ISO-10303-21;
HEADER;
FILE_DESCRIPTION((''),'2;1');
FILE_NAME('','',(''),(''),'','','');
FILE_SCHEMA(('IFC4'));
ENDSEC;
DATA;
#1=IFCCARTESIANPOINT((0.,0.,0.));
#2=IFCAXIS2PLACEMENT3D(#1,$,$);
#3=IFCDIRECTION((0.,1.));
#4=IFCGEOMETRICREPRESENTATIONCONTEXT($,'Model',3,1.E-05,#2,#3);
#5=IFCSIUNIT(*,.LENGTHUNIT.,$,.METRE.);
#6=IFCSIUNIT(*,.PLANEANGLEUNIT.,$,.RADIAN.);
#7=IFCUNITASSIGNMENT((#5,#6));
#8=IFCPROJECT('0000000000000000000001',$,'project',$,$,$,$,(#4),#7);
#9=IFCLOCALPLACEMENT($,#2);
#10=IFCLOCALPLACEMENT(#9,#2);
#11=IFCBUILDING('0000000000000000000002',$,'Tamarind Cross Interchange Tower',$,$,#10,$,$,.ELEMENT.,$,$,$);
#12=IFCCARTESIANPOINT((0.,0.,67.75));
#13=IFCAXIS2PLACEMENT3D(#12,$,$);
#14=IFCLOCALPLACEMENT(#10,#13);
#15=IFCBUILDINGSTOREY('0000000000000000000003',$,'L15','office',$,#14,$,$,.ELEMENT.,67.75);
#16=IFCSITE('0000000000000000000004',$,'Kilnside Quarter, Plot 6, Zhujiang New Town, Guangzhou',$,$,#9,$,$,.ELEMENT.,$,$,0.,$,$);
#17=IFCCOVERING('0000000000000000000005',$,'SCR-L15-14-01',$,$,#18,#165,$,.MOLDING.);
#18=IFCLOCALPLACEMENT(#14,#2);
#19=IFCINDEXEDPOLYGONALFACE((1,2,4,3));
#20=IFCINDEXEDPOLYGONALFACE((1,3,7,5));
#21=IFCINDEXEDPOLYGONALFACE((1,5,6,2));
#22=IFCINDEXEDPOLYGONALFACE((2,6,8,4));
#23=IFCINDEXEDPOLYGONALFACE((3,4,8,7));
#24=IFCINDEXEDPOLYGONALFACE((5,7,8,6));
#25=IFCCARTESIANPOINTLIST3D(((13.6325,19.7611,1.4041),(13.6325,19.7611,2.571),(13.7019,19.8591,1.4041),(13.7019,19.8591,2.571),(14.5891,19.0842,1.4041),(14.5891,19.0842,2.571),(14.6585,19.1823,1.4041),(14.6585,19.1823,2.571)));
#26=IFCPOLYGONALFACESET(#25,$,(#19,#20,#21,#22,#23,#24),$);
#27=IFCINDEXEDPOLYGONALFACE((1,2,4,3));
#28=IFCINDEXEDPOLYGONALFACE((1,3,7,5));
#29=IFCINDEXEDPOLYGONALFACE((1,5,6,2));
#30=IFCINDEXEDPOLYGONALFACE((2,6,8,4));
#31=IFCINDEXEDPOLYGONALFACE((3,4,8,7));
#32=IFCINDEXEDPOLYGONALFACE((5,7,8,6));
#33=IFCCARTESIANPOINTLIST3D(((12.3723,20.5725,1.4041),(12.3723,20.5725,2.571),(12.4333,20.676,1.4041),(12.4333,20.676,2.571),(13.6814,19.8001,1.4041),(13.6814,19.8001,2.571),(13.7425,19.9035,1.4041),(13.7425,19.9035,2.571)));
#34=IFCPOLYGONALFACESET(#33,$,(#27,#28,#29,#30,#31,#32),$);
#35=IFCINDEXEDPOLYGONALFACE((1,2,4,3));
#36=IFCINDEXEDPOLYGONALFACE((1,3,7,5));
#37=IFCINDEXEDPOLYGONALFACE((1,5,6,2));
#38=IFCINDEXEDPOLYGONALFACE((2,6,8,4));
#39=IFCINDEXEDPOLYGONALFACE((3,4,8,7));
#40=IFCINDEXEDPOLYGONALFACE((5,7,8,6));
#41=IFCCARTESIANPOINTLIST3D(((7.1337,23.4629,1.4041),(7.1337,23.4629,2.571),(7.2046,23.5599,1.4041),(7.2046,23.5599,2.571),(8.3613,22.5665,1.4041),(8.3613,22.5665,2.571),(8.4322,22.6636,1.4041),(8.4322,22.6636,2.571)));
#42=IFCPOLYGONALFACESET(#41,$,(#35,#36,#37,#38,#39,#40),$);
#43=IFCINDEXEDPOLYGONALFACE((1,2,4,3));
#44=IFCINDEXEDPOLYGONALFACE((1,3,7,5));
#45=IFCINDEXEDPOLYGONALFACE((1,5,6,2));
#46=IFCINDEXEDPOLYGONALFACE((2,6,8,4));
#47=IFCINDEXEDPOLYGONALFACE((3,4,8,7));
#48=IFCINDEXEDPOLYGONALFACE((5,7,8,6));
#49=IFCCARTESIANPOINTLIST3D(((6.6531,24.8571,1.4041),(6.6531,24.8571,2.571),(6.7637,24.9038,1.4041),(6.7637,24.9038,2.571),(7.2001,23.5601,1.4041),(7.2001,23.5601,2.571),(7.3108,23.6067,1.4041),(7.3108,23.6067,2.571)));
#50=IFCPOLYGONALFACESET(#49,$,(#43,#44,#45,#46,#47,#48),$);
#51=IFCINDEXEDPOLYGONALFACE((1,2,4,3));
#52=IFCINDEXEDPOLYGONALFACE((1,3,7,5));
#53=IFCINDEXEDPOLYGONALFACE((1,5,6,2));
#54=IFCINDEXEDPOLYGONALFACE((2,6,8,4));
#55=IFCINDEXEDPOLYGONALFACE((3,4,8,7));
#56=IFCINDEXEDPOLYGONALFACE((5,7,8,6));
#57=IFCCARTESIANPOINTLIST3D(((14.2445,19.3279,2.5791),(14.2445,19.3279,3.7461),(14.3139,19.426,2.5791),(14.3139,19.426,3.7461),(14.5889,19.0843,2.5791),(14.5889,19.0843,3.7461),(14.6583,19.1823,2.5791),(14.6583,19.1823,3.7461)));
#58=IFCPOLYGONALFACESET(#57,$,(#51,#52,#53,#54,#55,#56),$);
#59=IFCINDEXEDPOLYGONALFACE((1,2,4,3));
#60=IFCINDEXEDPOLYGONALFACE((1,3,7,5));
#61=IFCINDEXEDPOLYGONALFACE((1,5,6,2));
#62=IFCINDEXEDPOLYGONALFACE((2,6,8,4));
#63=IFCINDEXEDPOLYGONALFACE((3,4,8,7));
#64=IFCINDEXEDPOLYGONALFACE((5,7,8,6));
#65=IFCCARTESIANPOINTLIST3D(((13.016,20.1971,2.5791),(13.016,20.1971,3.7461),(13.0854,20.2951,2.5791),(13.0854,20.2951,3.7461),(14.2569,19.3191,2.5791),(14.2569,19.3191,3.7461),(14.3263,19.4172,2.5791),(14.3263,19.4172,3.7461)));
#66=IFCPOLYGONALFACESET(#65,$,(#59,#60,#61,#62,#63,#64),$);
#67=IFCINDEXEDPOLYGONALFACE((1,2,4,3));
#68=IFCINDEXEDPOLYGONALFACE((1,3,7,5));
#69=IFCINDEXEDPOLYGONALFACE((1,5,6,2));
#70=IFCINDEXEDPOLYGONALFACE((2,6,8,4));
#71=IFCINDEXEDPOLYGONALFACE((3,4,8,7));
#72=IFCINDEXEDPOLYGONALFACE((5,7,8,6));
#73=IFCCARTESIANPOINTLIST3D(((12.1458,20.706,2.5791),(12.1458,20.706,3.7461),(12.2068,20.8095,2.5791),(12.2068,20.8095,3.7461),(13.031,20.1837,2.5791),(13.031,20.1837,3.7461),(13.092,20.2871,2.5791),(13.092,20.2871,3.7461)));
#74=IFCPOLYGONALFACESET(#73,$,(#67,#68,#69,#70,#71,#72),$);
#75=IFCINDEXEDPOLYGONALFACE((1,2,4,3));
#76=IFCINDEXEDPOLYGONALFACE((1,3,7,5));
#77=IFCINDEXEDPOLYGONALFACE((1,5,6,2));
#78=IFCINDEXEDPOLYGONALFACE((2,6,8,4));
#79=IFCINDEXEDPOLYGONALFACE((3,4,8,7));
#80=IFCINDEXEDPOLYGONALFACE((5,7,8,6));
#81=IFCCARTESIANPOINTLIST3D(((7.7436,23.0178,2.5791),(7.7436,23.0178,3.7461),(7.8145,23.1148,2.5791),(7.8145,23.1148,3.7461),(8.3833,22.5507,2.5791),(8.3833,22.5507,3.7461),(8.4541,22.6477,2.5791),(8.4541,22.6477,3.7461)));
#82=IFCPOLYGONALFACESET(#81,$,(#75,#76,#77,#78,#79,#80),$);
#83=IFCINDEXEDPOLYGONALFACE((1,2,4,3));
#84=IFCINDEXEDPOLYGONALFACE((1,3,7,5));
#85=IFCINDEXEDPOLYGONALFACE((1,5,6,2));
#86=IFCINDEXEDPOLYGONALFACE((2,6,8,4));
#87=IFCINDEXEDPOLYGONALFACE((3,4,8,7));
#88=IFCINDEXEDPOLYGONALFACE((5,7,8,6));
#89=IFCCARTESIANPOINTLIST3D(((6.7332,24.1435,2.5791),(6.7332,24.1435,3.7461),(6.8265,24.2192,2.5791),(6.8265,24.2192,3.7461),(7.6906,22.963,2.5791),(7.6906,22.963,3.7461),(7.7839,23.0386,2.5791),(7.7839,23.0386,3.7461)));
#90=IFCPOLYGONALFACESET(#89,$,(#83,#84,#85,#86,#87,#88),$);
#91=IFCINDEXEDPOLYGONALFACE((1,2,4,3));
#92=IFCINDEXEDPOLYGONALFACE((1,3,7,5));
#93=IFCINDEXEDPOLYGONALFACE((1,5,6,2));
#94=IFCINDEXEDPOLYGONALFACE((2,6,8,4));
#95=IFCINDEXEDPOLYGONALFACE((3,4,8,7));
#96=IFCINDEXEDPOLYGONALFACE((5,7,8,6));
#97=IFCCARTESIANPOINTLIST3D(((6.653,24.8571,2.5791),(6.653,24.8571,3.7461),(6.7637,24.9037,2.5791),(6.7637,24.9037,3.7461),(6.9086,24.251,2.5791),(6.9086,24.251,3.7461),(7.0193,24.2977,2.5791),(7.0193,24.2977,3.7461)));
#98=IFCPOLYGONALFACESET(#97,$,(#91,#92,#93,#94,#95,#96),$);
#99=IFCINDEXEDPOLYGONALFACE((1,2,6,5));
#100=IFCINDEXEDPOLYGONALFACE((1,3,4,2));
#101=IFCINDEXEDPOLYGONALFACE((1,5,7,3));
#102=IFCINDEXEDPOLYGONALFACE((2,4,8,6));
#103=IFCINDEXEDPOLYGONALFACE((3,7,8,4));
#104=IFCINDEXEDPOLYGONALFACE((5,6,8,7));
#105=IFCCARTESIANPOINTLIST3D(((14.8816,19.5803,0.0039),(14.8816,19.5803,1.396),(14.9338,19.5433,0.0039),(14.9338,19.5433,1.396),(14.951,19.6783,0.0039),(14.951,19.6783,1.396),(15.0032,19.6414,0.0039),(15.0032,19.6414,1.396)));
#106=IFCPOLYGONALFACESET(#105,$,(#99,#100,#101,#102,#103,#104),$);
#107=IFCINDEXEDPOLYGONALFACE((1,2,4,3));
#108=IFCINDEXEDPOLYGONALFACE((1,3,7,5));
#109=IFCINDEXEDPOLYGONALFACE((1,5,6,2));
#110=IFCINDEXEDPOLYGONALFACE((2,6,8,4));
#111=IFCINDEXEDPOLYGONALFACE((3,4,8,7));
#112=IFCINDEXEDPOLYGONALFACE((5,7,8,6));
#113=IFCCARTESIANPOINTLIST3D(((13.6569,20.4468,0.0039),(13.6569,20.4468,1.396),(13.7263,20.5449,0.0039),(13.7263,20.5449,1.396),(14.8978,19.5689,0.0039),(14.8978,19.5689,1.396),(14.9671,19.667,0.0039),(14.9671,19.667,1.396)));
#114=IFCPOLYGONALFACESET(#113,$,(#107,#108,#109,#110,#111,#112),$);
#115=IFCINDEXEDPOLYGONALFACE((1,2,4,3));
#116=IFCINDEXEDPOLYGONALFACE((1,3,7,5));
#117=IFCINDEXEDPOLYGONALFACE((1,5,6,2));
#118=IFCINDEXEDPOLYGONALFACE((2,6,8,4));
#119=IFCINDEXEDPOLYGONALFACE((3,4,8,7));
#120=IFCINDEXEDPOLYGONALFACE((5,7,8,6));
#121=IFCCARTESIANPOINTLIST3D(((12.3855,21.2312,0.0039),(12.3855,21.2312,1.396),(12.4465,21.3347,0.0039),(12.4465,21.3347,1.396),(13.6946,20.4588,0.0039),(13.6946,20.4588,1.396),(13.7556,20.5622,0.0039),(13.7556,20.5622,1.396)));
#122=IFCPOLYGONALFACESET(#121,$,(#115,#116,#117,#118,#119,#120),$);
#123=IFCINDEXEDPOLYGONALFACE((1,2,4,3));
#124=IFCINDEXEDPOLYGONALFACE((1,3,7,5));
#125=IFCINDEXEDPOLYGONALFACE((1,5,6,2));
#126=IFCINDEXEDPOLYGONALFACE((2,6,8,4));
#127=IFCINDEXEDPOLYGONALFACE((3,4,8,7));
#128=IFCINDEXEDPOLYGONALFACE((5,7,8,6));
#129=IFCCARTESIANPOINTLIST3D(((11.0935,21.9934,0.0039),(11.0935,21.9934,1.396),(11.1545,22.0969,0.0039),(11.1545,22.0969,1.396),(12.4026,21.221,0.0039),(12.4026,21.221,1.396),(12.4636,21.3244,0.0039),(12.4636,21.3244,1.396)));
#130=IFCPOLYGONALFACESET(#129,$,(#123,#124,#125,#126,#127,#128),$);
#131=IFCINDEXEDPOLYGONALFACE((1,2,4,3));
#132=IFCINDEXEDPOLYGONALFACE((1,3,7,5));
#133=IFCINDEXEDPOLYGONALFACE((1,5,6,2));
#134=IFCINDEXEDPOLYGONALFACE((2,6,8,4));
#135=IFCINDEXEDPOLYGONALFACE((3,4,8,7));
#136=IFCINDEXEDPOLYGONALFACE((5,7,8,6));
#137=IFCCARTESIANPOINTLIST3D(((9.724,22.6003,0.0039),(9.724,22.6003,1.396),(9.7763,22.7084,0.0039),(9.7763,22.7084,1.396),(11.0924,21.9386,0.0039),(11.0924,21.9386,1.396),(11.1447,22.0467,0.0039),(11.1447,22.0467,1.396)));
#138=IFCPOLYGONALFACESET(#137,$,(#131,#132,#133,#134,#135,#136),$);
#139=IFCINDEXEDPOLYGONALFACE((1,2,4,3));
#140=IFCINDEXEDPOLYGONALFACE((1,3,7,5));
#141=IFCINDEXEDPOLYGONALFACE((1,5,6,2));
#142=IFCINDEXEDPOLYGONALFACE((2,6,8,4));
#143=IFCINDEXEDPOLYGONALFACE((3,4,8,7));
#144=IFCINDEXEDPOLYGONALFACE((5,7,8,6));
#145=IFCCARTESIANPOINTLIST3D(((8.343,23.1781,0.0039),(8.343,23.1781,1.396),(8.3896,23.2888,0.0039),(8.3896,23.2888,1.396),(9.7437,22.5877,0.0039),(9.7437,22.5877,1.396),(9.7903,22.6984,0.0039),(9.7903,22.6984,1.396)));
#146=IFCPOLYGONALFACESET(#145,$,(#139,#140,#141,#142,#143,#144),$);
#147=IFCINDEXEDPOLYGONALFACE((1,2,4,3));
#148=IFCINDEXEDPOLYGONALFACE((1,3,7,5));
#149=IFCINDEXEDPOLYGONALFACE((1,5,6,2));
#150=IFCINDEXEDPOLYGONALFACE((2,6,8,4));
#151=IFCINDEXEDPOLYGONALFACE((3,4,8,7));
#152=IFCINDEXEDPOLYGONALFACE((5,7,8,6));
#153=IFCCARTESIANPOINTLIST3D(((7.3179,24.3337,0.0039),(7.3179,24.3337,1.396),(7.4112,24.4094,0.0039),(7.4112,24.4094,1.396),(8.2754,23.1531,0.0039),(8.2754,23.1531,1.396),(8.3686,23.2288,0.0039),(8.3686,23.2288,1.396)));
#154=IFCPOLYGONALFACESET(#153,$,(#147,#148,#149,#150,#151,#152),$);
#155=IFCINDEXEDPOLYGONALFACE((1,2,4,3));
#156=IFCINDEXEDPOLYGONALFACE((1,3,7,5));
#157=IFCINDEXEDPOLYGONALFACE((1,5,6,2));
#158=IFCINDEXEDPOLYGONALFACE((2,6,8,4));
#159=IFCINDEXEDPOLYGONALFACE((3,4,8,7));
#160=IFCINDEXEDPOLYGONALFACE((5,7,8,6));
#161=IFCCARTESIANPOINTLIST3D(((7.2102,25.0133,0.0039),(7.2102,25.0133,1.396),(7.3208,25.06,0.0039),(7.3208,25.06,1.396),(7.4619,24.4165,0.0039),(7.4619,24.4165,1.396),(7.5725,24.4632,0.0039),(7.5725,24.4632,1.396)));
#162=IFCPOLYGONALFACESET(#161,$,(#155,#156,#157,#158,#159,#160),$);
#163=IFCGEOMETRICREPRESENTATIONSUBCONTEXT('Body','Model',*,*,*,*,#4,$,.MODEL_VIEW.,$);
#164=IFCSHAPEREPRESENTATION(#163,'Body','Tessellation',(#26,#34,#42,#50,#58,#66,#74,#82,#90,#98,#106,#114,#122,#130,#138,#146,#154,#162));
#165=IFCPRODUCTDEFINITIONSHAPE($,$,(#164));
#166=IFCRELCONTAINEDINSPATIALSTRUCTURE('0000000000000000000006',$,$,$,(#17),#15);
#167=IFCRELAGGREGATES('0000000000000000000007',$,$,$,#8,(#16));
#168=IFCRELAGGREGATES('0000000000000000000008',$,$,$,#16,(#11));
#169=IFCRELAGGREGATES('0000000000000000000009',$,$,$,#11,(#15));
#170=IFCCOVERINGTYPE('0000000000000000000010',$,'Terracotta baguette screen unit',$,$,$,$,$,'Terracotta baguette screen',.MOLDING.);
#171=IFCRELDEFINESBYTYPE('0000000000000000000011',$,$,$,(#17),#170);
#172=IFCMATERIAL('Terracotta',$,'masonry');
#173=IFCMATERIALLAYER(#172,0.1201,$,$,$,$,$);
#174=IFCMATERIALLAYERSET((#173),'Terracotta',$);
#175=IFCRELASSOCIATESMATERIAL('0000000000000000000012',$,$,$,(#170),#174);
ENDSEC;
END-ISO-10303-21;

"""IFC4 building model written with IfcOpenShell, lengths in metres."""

from ifc_helpers import new_model, si_unit, direction, frame, origin, origin_2d, place, context, subcontext, project, spatial, rectangle, extrude, material, layer, layer_set, type_object, element, save


model = new_model("IFC4")

# Units and contexts
model_context = context("Model", 3, precision=1e-05, world=origin(), true_north=direction((0.0, 1.0)))
body_context = subcontext(model_context, "Body", "Model", "MODEL_VIEW")
ifc_project = project(units=[si_unit("LENGTHUNIT", "METRE"), si_unit("PLANEANGLEUNIT", "RADIAN")], contexts=[model_context])

# Site, building, storey
site_placement = place(None, origin())
site = spatial("IfcSite", under=ifc_project, at=site_placement, Name="Kilnside Quarter, Plot 6, Zhujiang New Town, Guangzhou", CompositionType="ELEMENT", RefElevation=0.0)
building_placement = place(site_placement, origin())
building = spatial("IfcBuilding", under=site, at=building_placement, Name="Tamarind Cross Interchange Tower", CompositionType="ELEMENT")
storey_placement = place(building_placement, frame((0.0, 0.0, 67.75)))
storey = spatial("IfcBuildingStorey", under=building, at=storey_placement, Name="L15", Description="office", CompositionType="ELEMENT", Elevation=67.75)

# Covering
ifc_material_1 = material(Name="Terracotta", Category="masonry")
ifc_layer_1 = layer(ifc_material_1, 0.1201)
ifc_layer_set_1 = layer_set([ifc_layer_1], Name="Terracotta")
covering_type = type_object("IfcCoveringType", Name="Terracotta baguette screen unit", ElementType="Terracotta baguette screen", PredefinedType="MOLDING", material=ifc_layer_set_1)
covering_1_placement = place(storey_placement, origin())
element("IfcCovering", 1, at=covering_1_placement, inside=storey, type_object=covering_type, Name="SCR-L15-14-01", PredefinedType="MOLDING", context=body_context, shape_type="SweptSolid", body=[
    extrude(rectangle(XDim=1.1719, YDim=0.1201, at=origin_2d()), frame((14.1455, 19.4717, 1.4041), z_axis=(0.0, 0.0, 1.0), x_axis=(-0.816342, 0.577569, 0.0)), (0.0, 0.0, 1.0), 1.167),
    extrude(rectangle(XDim=1.52, YDim=0.1201, at=origin_2d()), frame((13.0574, 20.238, 1.4041), z_axis=(0.0, 0.0, 1.0), x_axis=(-0.861249, 0.508183, 0.0)), (0.0, 0.0, 1.0), 1.167),
    extrude(rectangle(XDim=1.52, YDim=0.1201, at=origin_2d()), frame((7.783, 23.0632, 1.4041), z_axis=(0.0, 0.0, 1.0), x_axis=(-0.807619, 0.589705, 0.0)), (0.0, 0.0, 1.0), 1.167),
    extrude(rectangle(XDim=1.4077, YDim=0.1201, at=origin_2d()), frame((6.9819, 24.2319, 1.4041), z_axis=(0.0, 0.0, 1.0), x_axis=(-0.388606, 0.921404, 0.0)), (0.0, 0.0, 1.0), 1.167),
    extrude(rectangle(XDim=0.4219, YDim=0.1201, at=origin_2d()), frame((14.4514, 19.2551, 2.5791), z_axis=(0.0, 0.0, 1.0), x_axis=(-0.816342, 0.577569, 0.0)), (0.0, 0.0, 1.0), 1.167),
    extrude(rectangle(XDim=1.52, YDim=0.1201, at=origin_2d()), frame((13.6711, 19.8071, 2.5791), z_axis=(0.0, 0.0, 1.0), x_axis=(-0.816342, 0.577569, 0.0)), (0.0, 0.0, 1.0), 1.167),
    extrude(rectangle(XDim=1.0278, YDim=0.1201, at=origin_2d()), frame((12.6189, 20.4966, 2.5791), z_axis=(0.0, 0.0, 1.0), x_axis=(-0.861249, 0.508183, 0.0)), (0.0, 0.0, 1.0), 1.167),
    extrude(rectangle(XDim=0.792, YDim=0.1201, at=origin_2d()), frame((8.0989, 22.8328, 2.5791), z_axis=(0.0, 0.0, 1.0), x_axis=(-0.807619, 0.589705, 0.0)), (0.0, 0.0, 1.0), 1.167),
    extrude(rectangle(XDim=1.52, YDim=0.1201, at=origin_2d()), frame((7.2585, 23.5911, 2.5791), z_axis=(0.0, 0.0, 1.0), x_axis=(-0.629913, 0.776666, 0.0)), (0.0, 0.0, 1.0), 1.167),
    extrude(rectangle(XDim=0.6577, YDim=0.1201, at=origin_2d()), frame((6.8362, 24.5774, 2.5791), z_axis=(0.0, 0.0, 1.0), x_axis=(-0.388606, 0.921404, 0.0)), (0.0, 0.0, 1.0), 1.167),
    extrude(rectangle(XDim=0.064, YDim=0.1201, at=origin_2d()), frame((14.9424, 19.6108, 0.0039), z_axis=(0.0, 0.0, 1.0), x_axis=(-0.816342, 0.577569, 0.0)), (0.0, 0.0, 1.0), 1.3921),
    extrude(rectangle(XDim=1.52, YDim=0.1201, at=origin_2d()), frame((14.312, 20.0569, 0.0039), z_axis=(0.0, 0.0, 1.0), x_axis=(-0.816342, 0.577569, 0.0)), (0.0, 0.0, 1.0), 1.3921),
    extrude(rectangle(XDim=1.52, YDim=0.1201, at=origin_2d()), frame((13.0706, 20.8967, 0.0039), z_axis=(0.0, 0.0, 1.0), x_axis=(-0.861249, 0.508183, 0.0)), (0.0, 0.0, 1.0), 1.3921),
    extrude(rectangle(XDim=1.52, YDim=0.1201, at=origin_2d()), frame((11.7786, 21.6589, 0.0039), z_axis=(0.0, 0.0, 1.0), x_axis=(-0.861249, 0.508183, 0.0)), (0.0, 0.0, 1.0), 1.3921),
    extrude(rectangle(XDim=1.52, YDim=0.1201, at=origin_2d()), frame((10.4343, 22.3235, 0.0039), z_axis=(0.0, 0.0, 1.0), x_axis=(-0.900273, 0.435326, 0.0)), (0.0, 0.0, 1.0), 1.3921),
    extrude(rectangle(XDim=1.52, YDim=0.1201, at=origin_2d()), frame((9.0667, 22.9382, 0.0039), z_axis=(0.0, 0.0, 1.0), x_axis=(-0.921481, 0.388422, 0.0)), (0.0, 0.0, 1.0), 1.3921),
    extrude(rectangle(XDim=1.52, YDim=0.1201, at=origin_2d()), frame((7.8433, 23.7812, 0.0039), z_axis=(0.0, 0.0, 1.0), x_axis=(-0.629913, 0.776666, 0.0)), (0.0, 0.0, 1.0), 1.3921),
    extrude(rectangle(XDim=0.6477, YDim=0.1201, at=origin_2d()), frame((7.3914, 24.7383, 0.0039), z_axis=(0.0, 0.0, 1.0), x_axis=(-0.388606, 0.921404, 0.0)), (0.0, 0.0, 1.0), 1.3921),
])

save(model, "model.ifc")
